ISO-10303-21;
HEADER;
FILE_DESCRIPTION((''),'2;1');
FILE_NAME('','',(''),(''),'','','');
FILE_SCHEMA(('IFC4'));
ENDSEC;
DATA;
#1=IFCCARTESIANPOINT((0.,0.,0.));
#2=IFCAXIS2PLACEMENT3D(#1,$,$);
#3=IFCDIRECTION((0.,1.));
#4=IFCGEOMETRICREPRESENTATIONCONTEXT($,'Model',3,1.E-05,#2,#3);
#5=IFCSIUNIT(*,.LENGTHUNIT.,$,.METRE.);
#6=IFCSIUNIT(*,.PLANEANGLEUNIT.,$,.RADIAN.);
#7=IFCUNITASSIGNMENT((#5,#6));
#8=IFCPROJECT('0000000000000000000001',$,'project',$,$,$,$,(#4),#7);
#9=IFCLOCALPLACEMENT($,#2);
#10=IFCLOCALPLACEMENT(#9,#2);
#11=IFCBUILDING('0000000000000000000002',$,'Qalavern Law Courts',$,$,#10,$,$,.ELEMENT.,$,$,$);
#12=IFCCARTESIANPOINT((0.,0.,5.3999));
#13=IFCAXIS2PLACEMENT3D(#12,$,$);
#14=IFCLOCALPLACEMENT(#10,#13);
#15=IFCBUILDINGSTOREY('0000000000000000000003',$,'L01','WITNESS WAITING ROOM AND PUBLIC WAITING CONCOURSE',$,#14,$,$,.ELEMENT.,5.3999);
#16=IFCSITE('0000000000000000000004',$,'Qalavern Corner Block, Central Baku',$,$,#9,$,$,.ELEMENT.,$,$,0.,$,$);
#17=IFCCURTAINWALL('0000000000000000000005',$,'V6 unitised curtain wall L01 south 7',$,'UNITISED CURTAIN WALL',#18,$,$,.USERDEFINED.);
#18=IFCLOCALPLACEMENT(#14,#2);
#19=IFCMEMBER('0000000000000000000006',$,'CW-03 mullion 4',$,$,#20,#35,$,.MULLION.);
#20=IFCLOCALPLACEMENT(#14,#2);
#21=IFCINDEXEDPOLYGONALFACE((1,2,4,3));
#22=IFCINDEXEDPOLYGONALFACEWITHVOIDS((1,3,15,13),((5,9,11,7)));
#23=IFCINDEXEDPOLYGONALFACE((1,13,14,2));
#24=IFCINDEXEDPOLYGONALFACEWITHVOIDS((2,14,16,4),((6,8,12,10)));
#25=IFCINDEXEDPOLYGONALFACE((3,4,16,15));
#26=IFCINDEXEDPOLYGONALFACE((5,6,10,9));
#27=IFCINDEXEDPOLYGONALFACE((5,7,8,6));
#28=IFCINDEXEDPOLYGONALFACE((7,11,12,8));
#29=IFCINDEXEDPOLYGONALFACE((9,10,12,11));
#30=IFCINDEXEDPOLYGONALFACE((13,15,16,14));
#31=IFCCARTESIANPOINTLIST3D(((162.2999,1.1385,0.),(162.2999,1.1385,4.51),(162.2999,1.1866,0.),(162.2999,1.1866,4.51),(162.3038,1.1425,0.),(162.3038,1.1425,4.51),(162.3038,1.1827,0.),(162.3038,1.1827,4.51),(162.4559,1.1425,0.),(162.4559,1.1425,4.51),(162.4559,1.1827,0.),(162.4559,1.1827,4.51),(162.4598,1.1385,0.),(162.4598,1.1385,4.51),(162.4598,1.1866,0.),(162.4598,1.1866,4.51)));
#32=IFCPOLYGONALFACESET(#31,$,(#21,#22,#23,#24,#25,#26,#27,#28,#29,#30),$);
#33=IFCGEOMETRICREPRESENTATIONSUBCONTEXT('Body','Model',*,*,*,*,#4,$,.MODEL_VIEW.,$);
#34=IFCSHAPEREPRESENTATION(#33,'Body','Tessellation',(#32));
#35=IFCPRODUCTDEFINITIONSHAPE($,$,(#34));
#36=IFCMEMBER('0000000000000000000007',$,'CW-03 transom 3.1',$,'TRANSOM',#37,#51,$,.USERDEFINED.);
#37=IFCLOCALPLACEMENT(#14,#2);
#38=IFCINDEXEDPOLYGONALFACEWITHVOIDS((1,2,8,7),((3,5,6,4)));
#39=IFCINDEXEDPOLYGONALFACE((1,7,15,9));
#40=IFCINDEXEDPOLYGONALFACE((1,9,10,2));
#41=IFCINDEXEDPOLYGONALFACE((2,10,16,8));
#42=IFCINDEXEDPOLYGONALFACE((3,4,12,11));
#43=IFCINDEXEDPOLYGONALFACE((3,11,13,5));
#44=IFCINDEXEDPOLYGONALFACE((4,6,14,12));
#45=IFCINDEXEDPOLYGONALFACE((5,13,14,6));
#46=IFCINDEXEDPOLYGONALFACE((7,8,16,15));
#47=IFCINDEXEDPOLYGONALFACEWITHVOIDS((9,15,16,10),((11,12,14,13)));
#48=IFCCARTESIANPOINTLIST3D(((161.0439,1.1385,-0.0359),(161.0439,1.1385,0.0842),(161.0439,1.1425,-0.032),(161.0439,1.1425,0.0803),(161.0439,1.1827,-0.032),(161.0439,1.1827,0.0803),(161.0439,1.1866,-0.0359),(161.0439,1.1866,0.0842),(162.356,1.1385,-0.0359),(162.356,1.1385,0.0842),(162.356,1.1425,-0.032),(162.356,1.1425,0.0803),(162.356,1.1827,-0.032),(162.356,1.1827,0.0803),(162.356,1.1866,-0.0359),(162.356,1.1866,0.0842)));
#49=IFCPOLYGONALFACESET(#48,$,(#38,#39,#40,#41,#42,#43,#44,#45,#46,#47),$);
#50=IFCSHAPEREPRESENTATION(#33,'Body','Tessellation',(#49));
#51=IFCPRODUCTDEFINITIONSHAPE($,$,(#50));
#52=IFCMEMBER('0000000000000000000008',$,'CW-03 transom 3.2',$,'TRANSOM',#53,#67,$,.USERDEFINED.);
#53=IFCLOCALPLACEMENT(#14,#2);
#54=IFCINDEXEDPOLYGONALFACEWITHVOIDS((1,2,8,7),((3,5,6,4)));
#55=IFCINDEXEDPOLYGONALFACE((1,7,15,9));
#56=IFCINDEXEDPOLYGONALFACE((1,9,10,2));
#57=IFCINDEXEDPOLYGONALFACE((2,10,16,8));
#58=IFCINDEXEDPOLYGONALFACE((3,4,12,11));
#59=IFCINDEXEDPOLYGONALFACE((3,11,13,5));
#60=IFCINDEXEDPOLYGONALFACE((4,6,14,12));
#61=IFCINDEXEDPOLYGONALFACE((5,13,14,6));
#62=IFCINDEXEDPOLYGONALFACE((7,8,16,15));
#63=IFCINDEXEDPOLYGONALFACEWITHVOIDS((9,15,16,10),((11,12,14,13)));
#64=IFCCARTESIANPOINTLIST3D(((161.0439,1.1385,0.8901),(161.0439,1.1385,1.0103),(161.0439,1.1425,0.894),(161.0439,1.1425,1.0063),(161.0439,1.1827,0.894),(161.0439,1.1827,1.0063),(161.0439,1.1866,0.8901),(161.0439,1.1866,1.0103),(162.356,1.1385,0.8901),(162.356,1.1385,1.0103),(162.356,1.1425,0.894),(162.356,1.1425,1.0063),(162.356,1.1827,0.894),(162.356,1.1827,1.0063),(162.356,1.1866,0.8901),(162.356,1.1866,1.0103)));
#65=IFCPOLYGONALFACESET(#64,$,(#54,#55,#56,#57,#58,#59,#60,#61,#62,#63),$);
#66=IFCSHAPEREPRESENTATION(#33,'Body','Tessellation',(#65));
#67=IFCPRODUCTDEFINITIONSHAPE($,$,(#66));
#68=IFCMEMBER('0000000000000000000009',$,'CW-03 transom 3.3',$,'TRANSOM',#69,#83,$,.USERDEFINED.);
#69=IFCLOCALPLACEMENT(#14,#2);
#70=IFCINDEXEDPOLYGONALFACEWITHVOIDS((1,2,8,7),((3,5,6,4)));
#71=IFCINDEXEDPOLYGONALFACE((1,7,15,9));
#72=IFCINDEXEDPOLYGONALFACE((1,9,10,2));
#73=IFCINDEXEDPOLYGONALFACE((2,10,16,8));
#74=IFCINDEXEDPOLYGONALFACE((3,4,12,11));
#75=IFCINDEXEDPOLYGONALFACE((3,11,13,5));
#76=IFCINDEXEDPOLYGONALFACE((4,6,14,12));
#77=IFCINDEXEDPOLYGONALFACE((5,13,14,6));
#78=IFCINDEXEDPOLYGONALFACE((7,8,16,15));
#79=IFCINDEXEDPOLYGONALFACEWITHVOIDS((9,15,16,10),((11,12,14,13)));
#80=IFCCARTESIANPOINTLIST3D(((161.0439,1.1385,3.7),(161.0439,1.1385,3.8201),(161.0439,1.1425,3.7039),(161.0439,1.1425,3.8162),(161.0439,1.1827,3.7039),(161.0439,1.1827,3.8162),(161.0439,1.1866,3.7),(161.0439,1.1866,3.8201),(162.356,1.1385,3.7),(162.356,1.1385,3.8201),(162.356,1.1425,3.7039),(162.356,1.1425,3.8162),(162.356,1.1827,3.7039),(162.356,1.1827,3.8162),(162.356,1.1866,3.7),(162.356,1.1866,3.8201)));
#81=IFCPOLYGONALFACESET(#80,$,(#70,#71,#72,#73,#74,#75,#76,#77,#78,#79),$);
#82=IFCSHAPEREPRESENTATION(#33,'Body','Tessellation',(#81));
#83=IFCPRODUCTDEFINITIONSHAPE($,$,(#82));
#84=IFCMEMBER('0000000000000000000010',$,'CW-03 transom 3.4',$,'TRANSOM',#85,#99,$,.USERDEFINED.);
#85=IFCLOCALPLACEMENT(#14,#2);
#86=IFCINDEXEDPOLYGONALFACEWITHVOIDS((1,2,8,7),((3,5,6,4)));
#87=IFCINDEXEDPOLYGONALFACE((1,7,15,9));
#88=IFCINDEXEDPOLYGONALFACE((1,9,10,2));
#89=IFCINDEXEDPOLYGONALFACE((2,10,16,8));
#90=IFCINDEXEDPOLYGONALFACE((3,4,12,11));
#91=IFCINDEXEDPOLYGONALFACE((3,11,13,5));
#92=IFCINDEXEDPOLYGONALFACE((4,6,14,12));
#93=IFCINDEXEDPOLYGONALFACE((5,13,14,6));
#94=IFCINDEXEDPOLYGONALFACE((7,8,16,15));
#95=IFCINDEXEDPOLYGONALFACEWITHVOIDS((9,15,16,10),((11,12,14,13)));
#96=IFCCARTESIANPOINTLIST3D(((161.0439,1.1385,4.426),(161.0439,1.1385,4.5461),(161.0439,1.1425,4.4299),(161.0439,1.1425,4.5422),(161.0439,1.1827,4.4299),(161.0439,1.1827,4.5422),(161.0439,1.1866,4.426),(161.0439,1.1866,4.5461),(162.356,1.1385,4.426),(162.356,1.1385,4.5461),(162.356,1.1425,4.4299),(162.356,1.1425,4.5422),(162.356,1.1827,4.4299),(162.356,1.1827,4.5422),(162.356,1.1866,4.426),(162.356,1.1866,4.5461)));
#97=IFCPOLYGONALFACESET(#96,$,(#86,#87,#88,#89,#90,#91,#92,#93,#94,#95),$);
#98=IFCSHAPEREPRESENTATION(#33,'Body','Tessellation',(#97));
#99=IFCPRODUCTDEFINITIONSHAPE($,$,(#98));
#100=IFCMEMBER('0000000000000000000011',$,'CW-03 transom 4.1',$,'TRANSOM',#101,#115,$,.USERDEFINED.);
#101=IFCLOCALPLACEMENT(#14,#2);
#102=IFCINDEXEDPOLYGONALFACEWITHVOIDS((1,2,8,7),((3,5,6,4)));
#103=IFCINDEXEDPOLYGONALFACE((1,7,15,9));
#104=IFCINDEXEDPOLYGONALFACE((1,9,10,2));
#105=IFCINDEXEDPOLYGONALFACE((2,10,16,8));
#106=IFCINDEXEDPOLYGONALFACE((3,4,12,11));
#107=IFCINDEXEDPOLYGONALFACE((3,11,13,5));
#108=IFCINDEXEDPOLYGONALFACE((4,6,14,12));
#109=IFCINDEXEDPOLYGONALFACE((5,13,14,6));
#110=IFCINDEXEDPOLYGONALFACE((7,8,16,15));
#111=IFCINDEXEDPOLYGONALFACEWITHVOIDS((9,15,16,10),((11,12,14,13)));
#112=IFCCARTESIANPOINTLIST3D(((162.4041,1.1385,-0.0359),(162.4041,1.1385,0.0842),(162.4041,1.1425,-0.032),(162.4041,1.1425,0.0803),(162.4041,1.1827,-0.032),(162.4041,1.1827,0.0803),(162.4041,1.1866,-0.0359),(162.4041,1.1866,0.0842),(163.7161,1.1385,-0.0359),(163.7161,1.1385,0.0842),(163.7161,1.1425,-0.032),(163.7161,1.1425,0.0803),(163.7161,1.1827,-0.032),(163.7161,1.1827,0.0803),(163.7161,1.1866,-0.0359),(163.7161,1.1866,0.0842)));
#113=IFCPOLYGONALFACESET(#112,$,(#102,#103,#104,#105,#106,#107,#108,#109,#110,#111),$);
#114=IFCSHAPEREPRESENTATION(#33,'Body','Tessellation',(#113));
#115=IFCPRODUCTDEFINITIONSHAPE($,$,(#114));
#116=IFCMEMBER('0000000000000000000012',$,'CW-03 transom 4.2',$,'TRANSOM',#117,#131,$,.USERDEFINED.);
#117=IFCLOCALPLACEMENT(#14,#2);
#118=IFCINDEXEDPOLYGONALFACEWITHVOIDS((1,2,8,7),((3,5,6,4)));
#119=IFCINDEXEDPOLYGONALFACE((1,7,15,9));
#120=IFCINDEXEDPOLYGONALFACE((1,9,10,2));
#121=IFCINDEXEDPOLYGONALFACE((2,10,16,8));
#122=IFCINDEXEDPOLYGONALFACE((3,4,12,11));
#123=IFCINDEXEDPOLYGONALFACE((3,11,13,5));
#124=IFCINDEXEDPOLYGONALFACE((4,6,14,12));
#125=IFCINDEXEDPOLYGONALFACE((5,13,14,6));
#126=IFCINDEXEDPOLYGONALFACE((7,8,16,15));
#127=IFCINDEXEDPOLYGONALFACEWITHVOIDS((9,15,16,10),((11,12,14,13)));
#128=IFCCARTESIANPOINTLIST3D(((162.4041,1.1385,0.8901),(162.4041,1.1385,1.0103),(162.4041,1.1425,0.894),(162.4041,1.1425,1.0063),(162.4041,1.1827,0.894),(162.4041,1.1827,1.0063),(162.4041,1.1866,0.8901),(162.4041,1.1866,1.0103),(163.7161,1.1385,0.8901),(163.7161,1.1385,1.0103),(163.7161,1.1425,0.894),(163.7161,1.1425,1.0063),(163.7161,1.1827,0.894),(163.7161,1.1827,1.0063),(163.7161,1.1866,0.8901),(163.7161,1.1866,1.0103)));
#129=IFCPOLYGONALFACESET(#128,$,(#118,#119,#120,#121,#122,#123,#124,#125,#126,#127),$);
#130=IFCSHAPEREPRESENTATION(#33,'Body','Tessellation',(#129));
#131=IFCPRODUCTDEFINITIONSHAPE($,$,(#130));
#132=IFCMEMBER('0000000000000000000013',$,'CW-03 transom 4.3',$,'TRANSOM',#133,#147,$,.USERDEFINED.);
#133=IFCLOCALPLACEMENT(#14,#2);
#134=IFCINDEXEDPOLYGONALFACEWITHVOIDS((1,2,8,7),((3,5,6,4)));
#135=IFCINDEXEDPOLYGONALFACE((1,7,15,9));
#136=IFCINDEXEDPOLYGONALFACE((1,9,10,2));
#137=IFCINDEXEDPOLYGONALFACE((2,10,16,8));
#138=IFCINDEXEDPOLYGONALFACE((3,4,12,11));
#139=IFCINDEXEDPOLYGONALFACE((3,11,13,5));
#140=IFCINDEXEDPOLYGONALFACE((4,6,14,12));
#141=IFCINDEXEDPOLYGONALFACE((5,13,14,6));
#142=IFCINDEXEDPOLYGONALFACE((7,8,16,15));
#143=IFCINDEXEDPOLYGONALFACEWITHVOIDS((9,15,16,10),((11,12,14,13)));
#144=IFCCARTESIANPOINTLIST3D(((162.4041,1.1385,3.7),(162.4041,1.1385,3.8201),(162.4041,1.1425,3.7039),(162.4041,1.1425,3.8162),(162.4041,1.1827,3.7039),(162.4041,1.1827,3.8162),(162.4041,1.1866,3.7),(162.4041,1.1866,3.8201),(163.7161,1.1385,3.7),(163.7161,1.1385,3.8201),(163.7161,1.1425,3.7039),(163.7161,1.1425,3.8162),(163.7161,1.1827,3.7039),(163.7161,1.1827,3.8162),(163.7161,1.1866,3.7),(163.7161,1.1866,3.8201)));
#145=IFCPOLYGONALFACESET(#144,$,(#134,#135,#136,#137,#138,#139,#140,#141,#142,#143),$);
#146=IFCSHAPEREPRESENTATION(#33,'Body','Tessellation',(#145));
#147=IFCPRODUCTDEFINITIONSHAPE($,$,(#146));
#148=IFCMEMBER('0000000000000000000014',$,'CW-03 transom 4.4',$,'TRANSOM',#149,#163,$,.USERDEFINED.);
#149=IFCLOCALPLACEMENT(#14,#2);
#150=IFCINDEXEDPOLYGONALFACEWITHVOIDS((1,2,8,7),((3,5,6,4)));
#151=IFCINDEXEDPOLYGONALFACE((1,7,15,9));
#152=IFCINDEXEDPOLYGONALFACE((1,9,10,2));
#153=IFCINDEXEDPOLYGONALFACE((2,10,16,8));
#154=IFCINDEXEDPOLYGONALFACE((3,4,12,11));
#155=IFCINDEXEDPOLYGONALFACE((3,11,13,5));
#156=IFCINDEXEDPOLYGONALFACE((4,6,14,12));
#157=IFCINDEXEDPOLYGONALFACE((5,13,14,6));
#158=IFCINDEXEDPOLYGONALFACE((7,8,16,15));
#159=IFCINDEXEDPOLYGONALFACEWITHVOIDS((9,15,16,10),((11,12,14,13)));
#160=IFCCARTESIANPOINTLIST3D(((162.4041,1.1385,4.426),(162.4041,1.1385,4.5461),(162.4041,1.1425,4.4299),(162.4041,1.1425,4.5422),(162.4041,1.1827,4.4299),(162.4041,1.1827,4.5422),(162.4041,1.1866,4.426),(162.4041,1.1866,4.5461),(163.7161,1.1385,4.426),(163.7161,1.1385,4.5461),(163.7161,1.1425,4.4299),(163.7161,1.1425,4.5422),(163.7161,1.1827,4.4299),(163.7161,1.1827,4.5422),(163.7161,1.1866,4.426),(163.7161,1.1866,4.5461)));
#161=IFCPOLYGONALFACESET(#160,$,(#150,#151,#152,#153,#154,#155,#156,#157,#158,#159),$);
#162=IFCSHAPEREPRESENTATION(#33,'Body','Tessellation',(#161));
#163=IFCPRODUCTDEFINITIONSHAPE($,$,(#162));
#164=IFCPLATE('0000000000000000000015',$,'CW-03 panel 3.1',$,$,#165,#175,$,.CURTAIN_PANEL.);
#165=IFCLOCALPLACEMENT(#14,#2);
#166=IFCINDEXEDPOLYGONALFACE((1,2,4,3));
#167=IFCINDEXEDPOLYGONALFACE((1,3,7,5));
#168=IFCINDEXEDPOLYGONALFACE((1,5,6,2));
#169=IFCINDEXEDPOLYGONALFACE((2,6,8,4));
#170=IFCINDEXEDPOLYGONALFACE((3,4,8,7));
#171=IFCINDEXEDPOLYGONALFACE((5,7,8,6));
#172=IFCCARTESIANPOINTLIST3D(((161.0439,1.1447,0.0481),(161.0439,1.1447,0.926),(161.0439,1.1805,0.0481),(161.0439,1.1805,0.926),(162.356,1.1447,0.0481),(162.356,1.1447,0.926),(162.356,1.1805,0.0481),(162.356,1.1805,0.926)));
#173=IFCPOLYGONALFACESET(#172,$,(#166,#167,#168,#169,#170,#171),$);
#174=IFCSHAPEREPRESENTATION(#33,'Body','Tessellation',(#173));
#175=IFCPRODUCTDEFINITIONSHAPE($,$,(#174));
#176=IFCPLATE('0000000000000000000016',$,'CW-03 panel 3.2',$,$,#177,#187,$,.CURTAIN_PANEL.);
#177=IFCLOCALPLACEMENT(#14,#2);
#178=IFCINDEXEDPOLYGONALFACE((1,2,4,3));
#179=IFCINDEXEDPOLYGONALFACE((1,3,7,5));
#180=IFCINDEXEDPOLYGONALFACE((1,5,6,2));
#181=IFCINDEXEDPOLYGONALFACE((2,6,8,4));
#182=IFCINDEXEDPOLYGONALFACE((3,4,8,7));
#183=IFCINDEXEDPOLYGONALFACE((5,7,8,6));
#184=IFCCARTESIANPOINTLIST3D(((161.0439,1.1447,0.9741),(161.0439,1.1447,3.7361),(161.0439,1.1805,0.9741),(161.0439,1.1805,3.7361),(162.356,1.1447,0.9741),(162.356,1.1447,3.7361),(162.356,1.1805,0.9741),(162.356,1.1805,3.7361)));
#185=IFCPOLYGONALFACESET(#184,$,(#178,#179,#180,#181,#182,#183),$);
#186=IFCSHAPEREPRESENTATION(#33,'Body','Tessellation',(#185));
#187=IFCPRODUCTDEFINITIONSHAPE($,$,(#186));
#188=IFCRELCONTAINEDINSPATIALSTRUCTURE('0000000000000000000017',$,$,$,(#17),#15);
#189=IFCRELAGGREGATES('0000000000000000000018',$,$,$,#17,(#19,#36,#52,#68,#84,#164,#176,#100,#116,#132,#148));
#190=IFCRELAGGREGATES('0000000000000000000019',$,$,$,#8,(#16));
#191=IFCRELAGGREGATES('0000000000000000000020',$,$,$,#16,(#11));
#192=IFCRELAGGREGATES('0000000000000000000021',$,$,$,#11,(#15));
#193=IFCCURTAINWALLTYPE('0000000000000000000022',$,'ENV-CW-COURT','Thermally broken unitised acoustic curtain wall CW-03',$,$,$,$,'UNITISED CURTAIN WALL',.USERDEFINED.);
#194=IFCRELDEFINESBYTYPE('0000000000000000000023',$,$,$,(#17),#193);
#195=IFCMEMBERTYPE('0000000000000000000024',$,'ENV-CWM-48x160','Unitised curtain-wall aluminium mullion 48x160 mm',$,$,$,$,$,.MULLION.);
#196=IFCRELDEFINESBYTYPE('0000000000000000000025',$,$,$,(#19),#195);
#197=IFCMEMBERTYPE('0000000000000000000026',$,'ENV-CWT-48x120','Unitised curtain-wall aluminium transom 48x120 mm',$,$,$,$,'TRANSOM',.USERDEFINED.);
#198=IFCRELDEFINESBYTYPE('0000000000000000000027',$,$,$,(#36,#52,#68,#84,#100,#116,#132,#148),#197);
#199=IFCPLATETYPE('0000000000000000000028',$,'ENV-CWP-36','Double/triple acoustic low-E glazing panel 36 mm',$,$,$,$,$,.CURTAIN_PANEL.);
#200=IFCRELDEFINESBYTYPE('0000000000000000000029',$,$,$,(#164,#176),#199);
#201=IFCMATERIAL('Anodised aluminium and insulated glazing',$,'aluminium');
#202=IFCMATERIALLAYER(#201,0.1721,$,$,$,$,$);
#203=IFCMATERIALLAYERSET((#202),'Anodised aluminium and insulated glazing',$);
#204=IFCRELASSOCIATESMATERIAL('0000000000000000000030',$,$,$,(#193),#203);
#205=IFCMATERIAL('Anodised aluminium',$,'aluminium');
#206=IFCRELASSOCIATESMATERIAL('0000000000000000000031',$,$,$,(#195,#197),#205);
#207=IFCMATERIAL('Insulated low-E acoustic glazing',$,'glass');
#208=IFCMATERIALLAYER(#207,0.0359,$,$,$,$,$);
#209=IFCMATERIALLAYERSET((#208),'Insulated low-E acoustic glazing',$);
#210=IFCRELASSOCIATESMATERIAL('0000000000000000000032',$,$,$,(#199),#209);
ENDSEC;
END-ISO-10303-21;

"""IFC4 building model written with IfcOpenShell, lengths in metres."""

from ifc_helpers import new_model, si_unit, direction, frame, origin, origin_2d, place, context, subcontext, project, spatial, rectangle, hollow_rectangle, extrude, material, layer, layer_set, material_profile, profile_set, type_object, element, aggregate, save


model = new_model("IFC4")

# Units and contexts
model_context = context("Model", 3, precision=1e-05, world=origin(), true_north=direction((0.0, 1.0)))
body_context = subcontext(model_context, "Body", "Model", "MODEL_VIEW")
ifc_project = project(units=[si_unit("LENGTHUNIT", "METRE"), si_unit("PLANEANGLEUNIT", "RADIAN")], contexts=[model_context])

# Site, building, storey
site_placement = place(None, origin())
site = spatial("IfcSite", under=ifc_project, at=site_placement, Name="Qalavern Corner Block, Central Baku", CompositionType="ELEMENT", RefElevation=0.0)
building_placement = place(site_placement, origin())
building = spatial("IfcBuilding", under=site, at=building_placement, Name="Qalavern Law Courts", CompositionType="ELEMENT")
storey_placement = place(building_placement, frame((0.0, 0.0, 5.3999)))
storey = spatial("IfcBuildingStorey", under=building, at=storey_placement, Name="L01", Description="WITNESS WAITING ROOM AND PUBLIC WAITING CONCOURSE", CompositionType="ELEMENT", Elevation=5.3999)

# Curtain wall, members, plates
ifc_material_1 = material(Name="Anodised aluminium and insulated glazing", Category="aluminium")
ifc_layer_1 = layer(ifc_material_1, 0.1721)
ifc_layer_set_1 = layer_set([ifc_layer_1], Name="Anodised aluminium and insulated glazing")
curtain_wall_type = type_object("IfcCurtainWallType", Name="ENV-CW-COURT", Description="Thermally broken unitised acoustic curtain wall CW-03", ElementType="UNITISED CURTAIN WALL", PredefinedType="USERDEFINED", material=ifc_layer_set_1)
curtain_wall_placement = place(storey_placement, origin())
curtain_wall = element("IfcCurtainWall", 1, at=curtain_wall_placement, inside=storey, type_object=curtain_wall_type, Name="V6 unitised curtain wall L01 south 7", ObjectType="UNITISED CURTAIN WALL", PredefinedType="USERDEFINED")
ifc_material_2 = material(Name="Anodised aluminium", Category="aluminium")
ifc_material_profile_1 = material_profile(ifc_material_2, hollow_rectangle(XDim=0.0481, YDim=0.1599, WallThickness=0.0039, at=origin_2d()), Name="ALU MULLION 48x160")
ifc_profile_set_1 = profile_set([ifc_material_profile_1], Name="Anodised aluminium")
member_type_1 = type_object("IfcMemberType", Name="ENV-CWM-48x160", Description="Unitised curtain-wall aluminium mullion 48x160 mm", PredefinedType="MULLION", material=ifc_profile_set_1)
member_1_placement = place(storey_placement, frame((162.3799, 1.1626, 0.0), z_axis=(0.0, 0.0, 1.0), x_axis=(0.0, 1.0, 0.0)))
member_1 = element("IfcMember", 2, at=member_1_placement, type_object=member_type_1, Name="CW-03 mullion 4", PredefinedType="MULLION", context=body_context, shape_type="SweptSolid", body=[
    extrude(hollow_rectangle(XDim=0.0481, YDim=0.1599, WallThickness=0.0039, at=origin_2d()), origin(), (0.0, 0.0, 1.0), 4.51),
])
ifc_material_profile_2 = material_profile(ifc_material_2, hollow_rectangle(XDim=0.0481, YDim=0.1201, WallThickness=0.0039, at=origin_2d()), Name="ALU TRANSOM 48x120")
ifc_profile_set_2 = profile_set([ifc_material_profile_2], Name="Anodised aluminium")
member_type_2 = type_object("IfcMemberType", Name="ENV-CWT-48x120", Description="Unitised curtain-wall aluminium transom 48x120 mm", ElementType="TRANSOM", PredefinedType="USERDEFINED", material=ifc_profile_set_2)
member_2_placement = place(storey_placement, frame((161.0439, 1.1626, 0.0242), z_axis=(1.0, 0.0, 0.0), x_axis=(0.0, 1.0, 0.0)))
member_2 = element("IfcMember", 3, at=member_2_placement, type_object=member_type_2, Name="CW-03 transom 3.1", ObjectType="TRANSOM", PredefinedType="USERDEFINED", context=body_context, shape_type="SweptSolid", body=[
    extrude(hollow_rectangle(XDim=0.0481, YDim=0.1201, WallThickness=0.0039, at=origin_2d()), origin(), (0.0, 0.0, 1.0), 1.312),
])
member_3_placement = place(storey_placement, frame((161.0439, 1.1626, 0.9502), z_axis=(1.0, 0.0, 0.0), x_axis=(0.0, 1.0, 0.0)))
member_3 = element("IfcMember", 4, at=member_3_placement, type_object=member_type_2, Name="CW-03 transom 3.2", ObjectType="TRANSOM", PredefinedType="USERDEFINED", context=body_context, shape_type="SweptSolid", body=[
    extrude(hollow_rectangle(XDim=0.0481, YDim=0.1201, WallThickness=0.0039, at=origin_2d()), origin(), (0.0, 0.0, 1.0), 1.312),
])
member_4_placement = place(storey_placement, frame((161.0439, 1.1626, 3.76), z_axis=(1.0, 0.0, 0.0), x_axis=(0.0, 1.0, 0.0)))
member_4 = element("IfcMember", 5, at=member_4_placement, type_object=member_type_2, Name="CW-03 transom 3.3", ObjectType="TRANSOM", PredefinedType="USERDEFINED", context=body_context, shape_type="SweptSolid", body=[
    extrude(hollow_rectangle(XDim=0.0481, YDim=0.1201, WallThickness=0.0039, at=origin_2d()), origin(), (0.0, 0.0, 1.0), 1.312),
])
member_5_placement = place(storey_placement, frame((161.0439, 1.1626, 4.4861), z_axis=(1.0, 0.0, 0.0), x_axis=(0.0, 1.0, 0.0)))
member_5 = element("IfcMember", 6, at=member_5_placement, type_object=member_type_2, Name="CW-03 transom 3.4", ObjectType="TRANSOM", PredefinedType="USERDEFINED", context=body_context, shape_type="SweptSolid", body=[
    extrude(hollow_rectangle(XDim=0.0481, YDim=0.1201, WallThickness=0.0039, at=origin_2d()), origin(), (0.0, 0.0, 1.0), 1.312),
])
member_6_placement = place(storey_placement, frame((162.4041, 1.1626, 0.0242), z_axis=(1.0, 0.0, 0.0), x_axis=(0.0, 1.0, 0.0)))
member_6 = element("IfcMember", 7, at=member_6_placement, type_object=member_type_2, Name="CW-03 transom 4.1", ObjectType="TRANSOM", PredefinedType="USERDEFINED", context=body_context, shape_type="SweptSolid", body=[
    extrude(hollow_rectangle(XDim=0.0481, YDim=0.1201, WallThickness=0.0039, at=origin_2d()), origin(), (0.0, 0.0, 1.0), 1.312),
])
member_7_placement = place(storey_placement, frame((162.4041, 1.1626, 0.9502), z_axis=(1.0, 0.0, 0.0), x_axis=(0.0, 1.0, 0.0)))
member_7 = element("IfcMember", 8, at=member_7_placement, type_object=member_type_2, Name="CW-03 transom 4.2", ObjectType="TRANSOM", PredefinedType="USERDEFINED", context=body_context, shape_type="SweptSolid", body=[
    extrude(hollow_rectangle(XDim=0.0481, YDim=0.1201, WallThickness=0.0039, at=origin_2d()), origin(), (0.0, 0.0, 1.0), 1.312),
])
member_8_placement = place(storey_placement, frame((162.4041, 1.1626, 3.76), z_axis=(1.0, 0.0, 0.0), x_axis=(0.0, 1.0, 0.0)))
member_8 = element("IfcMember", 9, at=member_8_placement, type_object=member_type_2, Name="CW-03 transom 4.3", ObjectType="TRANSOM", PredefinedType="USERDEFINED", context=body_context, shape_type="SweptSolid", body=[
    extrude(hollow_rectangle(XDim=0.0481, YDim=0.1201, WallThickness=0.0039, at=origin_2d()), origin(), (0.0, 0.0, 1.0), 1.312),
])
member_9_placement = place(storey_placement, frame((162.4041, 1.1626, 4.4861), z_axis=(1.0, 0.0, 0.0), x_axis=(0.0, 1.0, 0.0)))
member_9 = element("IfcMember", 10, at=member_9_placement, type_object=member_type_2, Name="CW-03 transom 4.4", ObjectType="TRANSOM", PredefinedType="USERDEFINED", context=body_context, shape_type="SweptSolid", body=[
    extrude(hollow_rectangle(XDim=0.0481, YDim=0.1201, WallThickness=0.0039, at=origin_2d()), origin(), (0.0, 0.0, 1.0), 1.312),
])
ifc_material_3 = material(Name="Insulated low-E acoustic glazing", Category="glass")
ifc_layer_2 = layer(ifc_material_3, 0.0359)
ifc_layer_set_2 = layer_set([ifc_layer_2], Name="Insulated low-E acoustic glazing")
plate_type = type_object("IfcPlateType", Name="ENV-CWP-36", Description="Double/triple acoustic low-E glazing panel 36 mm", PredefinedType="CURTAIN_PANEL", material=ifc_layer_set_2)
plate_1_placement = place(storey_placement, frame((161.7, 1.1626, 0.0481), z_axis=(0.0, 0.0, 1.0), x_axis=(1.0, 0.0, 0.0)))
plate_1 = element("IfcPlate", 11, at=plate_1_placement, type_object=plate_type, Name="CW-03 panel 3.1", PredefinedType="CURTAIN_PANEL", context=body_context, shape_type="SweptSolid", body=[
    extrude(rectangle(XDim=1.312, YDim=0.0359, at=origin_2d()), origin(), (0.0, 0.0, 1.0), 0.8779),
])
plate_2_placement = place(storey_placement, frame((161.7, 1.1626, 0.9741), z_axis=(0.0, 0.0, 1.0), x_axis=(1.0, 0.0, 0.0)))
plate_2 = element("IfcPlate", 12, at=plate_2_placement, type_object=plate_type, Name="CW-03 panel 3.2", PredefinedType="CURTAIN_PANEL", context=body_context, shape_type="SweptSolid", body=[
    extrude(rectangle(XDim=1.312, YDim=0.0359, at=origin_2d()), origin(), (0.0, 0.0, 1.0), 2.762),
])
aggregate(curtain_wall, [member_1, member_2, member_3, member_4, member_5, plate_1, plate_2, member_6, member_7, member_8, member_9])

save(model, "model.ifc")
